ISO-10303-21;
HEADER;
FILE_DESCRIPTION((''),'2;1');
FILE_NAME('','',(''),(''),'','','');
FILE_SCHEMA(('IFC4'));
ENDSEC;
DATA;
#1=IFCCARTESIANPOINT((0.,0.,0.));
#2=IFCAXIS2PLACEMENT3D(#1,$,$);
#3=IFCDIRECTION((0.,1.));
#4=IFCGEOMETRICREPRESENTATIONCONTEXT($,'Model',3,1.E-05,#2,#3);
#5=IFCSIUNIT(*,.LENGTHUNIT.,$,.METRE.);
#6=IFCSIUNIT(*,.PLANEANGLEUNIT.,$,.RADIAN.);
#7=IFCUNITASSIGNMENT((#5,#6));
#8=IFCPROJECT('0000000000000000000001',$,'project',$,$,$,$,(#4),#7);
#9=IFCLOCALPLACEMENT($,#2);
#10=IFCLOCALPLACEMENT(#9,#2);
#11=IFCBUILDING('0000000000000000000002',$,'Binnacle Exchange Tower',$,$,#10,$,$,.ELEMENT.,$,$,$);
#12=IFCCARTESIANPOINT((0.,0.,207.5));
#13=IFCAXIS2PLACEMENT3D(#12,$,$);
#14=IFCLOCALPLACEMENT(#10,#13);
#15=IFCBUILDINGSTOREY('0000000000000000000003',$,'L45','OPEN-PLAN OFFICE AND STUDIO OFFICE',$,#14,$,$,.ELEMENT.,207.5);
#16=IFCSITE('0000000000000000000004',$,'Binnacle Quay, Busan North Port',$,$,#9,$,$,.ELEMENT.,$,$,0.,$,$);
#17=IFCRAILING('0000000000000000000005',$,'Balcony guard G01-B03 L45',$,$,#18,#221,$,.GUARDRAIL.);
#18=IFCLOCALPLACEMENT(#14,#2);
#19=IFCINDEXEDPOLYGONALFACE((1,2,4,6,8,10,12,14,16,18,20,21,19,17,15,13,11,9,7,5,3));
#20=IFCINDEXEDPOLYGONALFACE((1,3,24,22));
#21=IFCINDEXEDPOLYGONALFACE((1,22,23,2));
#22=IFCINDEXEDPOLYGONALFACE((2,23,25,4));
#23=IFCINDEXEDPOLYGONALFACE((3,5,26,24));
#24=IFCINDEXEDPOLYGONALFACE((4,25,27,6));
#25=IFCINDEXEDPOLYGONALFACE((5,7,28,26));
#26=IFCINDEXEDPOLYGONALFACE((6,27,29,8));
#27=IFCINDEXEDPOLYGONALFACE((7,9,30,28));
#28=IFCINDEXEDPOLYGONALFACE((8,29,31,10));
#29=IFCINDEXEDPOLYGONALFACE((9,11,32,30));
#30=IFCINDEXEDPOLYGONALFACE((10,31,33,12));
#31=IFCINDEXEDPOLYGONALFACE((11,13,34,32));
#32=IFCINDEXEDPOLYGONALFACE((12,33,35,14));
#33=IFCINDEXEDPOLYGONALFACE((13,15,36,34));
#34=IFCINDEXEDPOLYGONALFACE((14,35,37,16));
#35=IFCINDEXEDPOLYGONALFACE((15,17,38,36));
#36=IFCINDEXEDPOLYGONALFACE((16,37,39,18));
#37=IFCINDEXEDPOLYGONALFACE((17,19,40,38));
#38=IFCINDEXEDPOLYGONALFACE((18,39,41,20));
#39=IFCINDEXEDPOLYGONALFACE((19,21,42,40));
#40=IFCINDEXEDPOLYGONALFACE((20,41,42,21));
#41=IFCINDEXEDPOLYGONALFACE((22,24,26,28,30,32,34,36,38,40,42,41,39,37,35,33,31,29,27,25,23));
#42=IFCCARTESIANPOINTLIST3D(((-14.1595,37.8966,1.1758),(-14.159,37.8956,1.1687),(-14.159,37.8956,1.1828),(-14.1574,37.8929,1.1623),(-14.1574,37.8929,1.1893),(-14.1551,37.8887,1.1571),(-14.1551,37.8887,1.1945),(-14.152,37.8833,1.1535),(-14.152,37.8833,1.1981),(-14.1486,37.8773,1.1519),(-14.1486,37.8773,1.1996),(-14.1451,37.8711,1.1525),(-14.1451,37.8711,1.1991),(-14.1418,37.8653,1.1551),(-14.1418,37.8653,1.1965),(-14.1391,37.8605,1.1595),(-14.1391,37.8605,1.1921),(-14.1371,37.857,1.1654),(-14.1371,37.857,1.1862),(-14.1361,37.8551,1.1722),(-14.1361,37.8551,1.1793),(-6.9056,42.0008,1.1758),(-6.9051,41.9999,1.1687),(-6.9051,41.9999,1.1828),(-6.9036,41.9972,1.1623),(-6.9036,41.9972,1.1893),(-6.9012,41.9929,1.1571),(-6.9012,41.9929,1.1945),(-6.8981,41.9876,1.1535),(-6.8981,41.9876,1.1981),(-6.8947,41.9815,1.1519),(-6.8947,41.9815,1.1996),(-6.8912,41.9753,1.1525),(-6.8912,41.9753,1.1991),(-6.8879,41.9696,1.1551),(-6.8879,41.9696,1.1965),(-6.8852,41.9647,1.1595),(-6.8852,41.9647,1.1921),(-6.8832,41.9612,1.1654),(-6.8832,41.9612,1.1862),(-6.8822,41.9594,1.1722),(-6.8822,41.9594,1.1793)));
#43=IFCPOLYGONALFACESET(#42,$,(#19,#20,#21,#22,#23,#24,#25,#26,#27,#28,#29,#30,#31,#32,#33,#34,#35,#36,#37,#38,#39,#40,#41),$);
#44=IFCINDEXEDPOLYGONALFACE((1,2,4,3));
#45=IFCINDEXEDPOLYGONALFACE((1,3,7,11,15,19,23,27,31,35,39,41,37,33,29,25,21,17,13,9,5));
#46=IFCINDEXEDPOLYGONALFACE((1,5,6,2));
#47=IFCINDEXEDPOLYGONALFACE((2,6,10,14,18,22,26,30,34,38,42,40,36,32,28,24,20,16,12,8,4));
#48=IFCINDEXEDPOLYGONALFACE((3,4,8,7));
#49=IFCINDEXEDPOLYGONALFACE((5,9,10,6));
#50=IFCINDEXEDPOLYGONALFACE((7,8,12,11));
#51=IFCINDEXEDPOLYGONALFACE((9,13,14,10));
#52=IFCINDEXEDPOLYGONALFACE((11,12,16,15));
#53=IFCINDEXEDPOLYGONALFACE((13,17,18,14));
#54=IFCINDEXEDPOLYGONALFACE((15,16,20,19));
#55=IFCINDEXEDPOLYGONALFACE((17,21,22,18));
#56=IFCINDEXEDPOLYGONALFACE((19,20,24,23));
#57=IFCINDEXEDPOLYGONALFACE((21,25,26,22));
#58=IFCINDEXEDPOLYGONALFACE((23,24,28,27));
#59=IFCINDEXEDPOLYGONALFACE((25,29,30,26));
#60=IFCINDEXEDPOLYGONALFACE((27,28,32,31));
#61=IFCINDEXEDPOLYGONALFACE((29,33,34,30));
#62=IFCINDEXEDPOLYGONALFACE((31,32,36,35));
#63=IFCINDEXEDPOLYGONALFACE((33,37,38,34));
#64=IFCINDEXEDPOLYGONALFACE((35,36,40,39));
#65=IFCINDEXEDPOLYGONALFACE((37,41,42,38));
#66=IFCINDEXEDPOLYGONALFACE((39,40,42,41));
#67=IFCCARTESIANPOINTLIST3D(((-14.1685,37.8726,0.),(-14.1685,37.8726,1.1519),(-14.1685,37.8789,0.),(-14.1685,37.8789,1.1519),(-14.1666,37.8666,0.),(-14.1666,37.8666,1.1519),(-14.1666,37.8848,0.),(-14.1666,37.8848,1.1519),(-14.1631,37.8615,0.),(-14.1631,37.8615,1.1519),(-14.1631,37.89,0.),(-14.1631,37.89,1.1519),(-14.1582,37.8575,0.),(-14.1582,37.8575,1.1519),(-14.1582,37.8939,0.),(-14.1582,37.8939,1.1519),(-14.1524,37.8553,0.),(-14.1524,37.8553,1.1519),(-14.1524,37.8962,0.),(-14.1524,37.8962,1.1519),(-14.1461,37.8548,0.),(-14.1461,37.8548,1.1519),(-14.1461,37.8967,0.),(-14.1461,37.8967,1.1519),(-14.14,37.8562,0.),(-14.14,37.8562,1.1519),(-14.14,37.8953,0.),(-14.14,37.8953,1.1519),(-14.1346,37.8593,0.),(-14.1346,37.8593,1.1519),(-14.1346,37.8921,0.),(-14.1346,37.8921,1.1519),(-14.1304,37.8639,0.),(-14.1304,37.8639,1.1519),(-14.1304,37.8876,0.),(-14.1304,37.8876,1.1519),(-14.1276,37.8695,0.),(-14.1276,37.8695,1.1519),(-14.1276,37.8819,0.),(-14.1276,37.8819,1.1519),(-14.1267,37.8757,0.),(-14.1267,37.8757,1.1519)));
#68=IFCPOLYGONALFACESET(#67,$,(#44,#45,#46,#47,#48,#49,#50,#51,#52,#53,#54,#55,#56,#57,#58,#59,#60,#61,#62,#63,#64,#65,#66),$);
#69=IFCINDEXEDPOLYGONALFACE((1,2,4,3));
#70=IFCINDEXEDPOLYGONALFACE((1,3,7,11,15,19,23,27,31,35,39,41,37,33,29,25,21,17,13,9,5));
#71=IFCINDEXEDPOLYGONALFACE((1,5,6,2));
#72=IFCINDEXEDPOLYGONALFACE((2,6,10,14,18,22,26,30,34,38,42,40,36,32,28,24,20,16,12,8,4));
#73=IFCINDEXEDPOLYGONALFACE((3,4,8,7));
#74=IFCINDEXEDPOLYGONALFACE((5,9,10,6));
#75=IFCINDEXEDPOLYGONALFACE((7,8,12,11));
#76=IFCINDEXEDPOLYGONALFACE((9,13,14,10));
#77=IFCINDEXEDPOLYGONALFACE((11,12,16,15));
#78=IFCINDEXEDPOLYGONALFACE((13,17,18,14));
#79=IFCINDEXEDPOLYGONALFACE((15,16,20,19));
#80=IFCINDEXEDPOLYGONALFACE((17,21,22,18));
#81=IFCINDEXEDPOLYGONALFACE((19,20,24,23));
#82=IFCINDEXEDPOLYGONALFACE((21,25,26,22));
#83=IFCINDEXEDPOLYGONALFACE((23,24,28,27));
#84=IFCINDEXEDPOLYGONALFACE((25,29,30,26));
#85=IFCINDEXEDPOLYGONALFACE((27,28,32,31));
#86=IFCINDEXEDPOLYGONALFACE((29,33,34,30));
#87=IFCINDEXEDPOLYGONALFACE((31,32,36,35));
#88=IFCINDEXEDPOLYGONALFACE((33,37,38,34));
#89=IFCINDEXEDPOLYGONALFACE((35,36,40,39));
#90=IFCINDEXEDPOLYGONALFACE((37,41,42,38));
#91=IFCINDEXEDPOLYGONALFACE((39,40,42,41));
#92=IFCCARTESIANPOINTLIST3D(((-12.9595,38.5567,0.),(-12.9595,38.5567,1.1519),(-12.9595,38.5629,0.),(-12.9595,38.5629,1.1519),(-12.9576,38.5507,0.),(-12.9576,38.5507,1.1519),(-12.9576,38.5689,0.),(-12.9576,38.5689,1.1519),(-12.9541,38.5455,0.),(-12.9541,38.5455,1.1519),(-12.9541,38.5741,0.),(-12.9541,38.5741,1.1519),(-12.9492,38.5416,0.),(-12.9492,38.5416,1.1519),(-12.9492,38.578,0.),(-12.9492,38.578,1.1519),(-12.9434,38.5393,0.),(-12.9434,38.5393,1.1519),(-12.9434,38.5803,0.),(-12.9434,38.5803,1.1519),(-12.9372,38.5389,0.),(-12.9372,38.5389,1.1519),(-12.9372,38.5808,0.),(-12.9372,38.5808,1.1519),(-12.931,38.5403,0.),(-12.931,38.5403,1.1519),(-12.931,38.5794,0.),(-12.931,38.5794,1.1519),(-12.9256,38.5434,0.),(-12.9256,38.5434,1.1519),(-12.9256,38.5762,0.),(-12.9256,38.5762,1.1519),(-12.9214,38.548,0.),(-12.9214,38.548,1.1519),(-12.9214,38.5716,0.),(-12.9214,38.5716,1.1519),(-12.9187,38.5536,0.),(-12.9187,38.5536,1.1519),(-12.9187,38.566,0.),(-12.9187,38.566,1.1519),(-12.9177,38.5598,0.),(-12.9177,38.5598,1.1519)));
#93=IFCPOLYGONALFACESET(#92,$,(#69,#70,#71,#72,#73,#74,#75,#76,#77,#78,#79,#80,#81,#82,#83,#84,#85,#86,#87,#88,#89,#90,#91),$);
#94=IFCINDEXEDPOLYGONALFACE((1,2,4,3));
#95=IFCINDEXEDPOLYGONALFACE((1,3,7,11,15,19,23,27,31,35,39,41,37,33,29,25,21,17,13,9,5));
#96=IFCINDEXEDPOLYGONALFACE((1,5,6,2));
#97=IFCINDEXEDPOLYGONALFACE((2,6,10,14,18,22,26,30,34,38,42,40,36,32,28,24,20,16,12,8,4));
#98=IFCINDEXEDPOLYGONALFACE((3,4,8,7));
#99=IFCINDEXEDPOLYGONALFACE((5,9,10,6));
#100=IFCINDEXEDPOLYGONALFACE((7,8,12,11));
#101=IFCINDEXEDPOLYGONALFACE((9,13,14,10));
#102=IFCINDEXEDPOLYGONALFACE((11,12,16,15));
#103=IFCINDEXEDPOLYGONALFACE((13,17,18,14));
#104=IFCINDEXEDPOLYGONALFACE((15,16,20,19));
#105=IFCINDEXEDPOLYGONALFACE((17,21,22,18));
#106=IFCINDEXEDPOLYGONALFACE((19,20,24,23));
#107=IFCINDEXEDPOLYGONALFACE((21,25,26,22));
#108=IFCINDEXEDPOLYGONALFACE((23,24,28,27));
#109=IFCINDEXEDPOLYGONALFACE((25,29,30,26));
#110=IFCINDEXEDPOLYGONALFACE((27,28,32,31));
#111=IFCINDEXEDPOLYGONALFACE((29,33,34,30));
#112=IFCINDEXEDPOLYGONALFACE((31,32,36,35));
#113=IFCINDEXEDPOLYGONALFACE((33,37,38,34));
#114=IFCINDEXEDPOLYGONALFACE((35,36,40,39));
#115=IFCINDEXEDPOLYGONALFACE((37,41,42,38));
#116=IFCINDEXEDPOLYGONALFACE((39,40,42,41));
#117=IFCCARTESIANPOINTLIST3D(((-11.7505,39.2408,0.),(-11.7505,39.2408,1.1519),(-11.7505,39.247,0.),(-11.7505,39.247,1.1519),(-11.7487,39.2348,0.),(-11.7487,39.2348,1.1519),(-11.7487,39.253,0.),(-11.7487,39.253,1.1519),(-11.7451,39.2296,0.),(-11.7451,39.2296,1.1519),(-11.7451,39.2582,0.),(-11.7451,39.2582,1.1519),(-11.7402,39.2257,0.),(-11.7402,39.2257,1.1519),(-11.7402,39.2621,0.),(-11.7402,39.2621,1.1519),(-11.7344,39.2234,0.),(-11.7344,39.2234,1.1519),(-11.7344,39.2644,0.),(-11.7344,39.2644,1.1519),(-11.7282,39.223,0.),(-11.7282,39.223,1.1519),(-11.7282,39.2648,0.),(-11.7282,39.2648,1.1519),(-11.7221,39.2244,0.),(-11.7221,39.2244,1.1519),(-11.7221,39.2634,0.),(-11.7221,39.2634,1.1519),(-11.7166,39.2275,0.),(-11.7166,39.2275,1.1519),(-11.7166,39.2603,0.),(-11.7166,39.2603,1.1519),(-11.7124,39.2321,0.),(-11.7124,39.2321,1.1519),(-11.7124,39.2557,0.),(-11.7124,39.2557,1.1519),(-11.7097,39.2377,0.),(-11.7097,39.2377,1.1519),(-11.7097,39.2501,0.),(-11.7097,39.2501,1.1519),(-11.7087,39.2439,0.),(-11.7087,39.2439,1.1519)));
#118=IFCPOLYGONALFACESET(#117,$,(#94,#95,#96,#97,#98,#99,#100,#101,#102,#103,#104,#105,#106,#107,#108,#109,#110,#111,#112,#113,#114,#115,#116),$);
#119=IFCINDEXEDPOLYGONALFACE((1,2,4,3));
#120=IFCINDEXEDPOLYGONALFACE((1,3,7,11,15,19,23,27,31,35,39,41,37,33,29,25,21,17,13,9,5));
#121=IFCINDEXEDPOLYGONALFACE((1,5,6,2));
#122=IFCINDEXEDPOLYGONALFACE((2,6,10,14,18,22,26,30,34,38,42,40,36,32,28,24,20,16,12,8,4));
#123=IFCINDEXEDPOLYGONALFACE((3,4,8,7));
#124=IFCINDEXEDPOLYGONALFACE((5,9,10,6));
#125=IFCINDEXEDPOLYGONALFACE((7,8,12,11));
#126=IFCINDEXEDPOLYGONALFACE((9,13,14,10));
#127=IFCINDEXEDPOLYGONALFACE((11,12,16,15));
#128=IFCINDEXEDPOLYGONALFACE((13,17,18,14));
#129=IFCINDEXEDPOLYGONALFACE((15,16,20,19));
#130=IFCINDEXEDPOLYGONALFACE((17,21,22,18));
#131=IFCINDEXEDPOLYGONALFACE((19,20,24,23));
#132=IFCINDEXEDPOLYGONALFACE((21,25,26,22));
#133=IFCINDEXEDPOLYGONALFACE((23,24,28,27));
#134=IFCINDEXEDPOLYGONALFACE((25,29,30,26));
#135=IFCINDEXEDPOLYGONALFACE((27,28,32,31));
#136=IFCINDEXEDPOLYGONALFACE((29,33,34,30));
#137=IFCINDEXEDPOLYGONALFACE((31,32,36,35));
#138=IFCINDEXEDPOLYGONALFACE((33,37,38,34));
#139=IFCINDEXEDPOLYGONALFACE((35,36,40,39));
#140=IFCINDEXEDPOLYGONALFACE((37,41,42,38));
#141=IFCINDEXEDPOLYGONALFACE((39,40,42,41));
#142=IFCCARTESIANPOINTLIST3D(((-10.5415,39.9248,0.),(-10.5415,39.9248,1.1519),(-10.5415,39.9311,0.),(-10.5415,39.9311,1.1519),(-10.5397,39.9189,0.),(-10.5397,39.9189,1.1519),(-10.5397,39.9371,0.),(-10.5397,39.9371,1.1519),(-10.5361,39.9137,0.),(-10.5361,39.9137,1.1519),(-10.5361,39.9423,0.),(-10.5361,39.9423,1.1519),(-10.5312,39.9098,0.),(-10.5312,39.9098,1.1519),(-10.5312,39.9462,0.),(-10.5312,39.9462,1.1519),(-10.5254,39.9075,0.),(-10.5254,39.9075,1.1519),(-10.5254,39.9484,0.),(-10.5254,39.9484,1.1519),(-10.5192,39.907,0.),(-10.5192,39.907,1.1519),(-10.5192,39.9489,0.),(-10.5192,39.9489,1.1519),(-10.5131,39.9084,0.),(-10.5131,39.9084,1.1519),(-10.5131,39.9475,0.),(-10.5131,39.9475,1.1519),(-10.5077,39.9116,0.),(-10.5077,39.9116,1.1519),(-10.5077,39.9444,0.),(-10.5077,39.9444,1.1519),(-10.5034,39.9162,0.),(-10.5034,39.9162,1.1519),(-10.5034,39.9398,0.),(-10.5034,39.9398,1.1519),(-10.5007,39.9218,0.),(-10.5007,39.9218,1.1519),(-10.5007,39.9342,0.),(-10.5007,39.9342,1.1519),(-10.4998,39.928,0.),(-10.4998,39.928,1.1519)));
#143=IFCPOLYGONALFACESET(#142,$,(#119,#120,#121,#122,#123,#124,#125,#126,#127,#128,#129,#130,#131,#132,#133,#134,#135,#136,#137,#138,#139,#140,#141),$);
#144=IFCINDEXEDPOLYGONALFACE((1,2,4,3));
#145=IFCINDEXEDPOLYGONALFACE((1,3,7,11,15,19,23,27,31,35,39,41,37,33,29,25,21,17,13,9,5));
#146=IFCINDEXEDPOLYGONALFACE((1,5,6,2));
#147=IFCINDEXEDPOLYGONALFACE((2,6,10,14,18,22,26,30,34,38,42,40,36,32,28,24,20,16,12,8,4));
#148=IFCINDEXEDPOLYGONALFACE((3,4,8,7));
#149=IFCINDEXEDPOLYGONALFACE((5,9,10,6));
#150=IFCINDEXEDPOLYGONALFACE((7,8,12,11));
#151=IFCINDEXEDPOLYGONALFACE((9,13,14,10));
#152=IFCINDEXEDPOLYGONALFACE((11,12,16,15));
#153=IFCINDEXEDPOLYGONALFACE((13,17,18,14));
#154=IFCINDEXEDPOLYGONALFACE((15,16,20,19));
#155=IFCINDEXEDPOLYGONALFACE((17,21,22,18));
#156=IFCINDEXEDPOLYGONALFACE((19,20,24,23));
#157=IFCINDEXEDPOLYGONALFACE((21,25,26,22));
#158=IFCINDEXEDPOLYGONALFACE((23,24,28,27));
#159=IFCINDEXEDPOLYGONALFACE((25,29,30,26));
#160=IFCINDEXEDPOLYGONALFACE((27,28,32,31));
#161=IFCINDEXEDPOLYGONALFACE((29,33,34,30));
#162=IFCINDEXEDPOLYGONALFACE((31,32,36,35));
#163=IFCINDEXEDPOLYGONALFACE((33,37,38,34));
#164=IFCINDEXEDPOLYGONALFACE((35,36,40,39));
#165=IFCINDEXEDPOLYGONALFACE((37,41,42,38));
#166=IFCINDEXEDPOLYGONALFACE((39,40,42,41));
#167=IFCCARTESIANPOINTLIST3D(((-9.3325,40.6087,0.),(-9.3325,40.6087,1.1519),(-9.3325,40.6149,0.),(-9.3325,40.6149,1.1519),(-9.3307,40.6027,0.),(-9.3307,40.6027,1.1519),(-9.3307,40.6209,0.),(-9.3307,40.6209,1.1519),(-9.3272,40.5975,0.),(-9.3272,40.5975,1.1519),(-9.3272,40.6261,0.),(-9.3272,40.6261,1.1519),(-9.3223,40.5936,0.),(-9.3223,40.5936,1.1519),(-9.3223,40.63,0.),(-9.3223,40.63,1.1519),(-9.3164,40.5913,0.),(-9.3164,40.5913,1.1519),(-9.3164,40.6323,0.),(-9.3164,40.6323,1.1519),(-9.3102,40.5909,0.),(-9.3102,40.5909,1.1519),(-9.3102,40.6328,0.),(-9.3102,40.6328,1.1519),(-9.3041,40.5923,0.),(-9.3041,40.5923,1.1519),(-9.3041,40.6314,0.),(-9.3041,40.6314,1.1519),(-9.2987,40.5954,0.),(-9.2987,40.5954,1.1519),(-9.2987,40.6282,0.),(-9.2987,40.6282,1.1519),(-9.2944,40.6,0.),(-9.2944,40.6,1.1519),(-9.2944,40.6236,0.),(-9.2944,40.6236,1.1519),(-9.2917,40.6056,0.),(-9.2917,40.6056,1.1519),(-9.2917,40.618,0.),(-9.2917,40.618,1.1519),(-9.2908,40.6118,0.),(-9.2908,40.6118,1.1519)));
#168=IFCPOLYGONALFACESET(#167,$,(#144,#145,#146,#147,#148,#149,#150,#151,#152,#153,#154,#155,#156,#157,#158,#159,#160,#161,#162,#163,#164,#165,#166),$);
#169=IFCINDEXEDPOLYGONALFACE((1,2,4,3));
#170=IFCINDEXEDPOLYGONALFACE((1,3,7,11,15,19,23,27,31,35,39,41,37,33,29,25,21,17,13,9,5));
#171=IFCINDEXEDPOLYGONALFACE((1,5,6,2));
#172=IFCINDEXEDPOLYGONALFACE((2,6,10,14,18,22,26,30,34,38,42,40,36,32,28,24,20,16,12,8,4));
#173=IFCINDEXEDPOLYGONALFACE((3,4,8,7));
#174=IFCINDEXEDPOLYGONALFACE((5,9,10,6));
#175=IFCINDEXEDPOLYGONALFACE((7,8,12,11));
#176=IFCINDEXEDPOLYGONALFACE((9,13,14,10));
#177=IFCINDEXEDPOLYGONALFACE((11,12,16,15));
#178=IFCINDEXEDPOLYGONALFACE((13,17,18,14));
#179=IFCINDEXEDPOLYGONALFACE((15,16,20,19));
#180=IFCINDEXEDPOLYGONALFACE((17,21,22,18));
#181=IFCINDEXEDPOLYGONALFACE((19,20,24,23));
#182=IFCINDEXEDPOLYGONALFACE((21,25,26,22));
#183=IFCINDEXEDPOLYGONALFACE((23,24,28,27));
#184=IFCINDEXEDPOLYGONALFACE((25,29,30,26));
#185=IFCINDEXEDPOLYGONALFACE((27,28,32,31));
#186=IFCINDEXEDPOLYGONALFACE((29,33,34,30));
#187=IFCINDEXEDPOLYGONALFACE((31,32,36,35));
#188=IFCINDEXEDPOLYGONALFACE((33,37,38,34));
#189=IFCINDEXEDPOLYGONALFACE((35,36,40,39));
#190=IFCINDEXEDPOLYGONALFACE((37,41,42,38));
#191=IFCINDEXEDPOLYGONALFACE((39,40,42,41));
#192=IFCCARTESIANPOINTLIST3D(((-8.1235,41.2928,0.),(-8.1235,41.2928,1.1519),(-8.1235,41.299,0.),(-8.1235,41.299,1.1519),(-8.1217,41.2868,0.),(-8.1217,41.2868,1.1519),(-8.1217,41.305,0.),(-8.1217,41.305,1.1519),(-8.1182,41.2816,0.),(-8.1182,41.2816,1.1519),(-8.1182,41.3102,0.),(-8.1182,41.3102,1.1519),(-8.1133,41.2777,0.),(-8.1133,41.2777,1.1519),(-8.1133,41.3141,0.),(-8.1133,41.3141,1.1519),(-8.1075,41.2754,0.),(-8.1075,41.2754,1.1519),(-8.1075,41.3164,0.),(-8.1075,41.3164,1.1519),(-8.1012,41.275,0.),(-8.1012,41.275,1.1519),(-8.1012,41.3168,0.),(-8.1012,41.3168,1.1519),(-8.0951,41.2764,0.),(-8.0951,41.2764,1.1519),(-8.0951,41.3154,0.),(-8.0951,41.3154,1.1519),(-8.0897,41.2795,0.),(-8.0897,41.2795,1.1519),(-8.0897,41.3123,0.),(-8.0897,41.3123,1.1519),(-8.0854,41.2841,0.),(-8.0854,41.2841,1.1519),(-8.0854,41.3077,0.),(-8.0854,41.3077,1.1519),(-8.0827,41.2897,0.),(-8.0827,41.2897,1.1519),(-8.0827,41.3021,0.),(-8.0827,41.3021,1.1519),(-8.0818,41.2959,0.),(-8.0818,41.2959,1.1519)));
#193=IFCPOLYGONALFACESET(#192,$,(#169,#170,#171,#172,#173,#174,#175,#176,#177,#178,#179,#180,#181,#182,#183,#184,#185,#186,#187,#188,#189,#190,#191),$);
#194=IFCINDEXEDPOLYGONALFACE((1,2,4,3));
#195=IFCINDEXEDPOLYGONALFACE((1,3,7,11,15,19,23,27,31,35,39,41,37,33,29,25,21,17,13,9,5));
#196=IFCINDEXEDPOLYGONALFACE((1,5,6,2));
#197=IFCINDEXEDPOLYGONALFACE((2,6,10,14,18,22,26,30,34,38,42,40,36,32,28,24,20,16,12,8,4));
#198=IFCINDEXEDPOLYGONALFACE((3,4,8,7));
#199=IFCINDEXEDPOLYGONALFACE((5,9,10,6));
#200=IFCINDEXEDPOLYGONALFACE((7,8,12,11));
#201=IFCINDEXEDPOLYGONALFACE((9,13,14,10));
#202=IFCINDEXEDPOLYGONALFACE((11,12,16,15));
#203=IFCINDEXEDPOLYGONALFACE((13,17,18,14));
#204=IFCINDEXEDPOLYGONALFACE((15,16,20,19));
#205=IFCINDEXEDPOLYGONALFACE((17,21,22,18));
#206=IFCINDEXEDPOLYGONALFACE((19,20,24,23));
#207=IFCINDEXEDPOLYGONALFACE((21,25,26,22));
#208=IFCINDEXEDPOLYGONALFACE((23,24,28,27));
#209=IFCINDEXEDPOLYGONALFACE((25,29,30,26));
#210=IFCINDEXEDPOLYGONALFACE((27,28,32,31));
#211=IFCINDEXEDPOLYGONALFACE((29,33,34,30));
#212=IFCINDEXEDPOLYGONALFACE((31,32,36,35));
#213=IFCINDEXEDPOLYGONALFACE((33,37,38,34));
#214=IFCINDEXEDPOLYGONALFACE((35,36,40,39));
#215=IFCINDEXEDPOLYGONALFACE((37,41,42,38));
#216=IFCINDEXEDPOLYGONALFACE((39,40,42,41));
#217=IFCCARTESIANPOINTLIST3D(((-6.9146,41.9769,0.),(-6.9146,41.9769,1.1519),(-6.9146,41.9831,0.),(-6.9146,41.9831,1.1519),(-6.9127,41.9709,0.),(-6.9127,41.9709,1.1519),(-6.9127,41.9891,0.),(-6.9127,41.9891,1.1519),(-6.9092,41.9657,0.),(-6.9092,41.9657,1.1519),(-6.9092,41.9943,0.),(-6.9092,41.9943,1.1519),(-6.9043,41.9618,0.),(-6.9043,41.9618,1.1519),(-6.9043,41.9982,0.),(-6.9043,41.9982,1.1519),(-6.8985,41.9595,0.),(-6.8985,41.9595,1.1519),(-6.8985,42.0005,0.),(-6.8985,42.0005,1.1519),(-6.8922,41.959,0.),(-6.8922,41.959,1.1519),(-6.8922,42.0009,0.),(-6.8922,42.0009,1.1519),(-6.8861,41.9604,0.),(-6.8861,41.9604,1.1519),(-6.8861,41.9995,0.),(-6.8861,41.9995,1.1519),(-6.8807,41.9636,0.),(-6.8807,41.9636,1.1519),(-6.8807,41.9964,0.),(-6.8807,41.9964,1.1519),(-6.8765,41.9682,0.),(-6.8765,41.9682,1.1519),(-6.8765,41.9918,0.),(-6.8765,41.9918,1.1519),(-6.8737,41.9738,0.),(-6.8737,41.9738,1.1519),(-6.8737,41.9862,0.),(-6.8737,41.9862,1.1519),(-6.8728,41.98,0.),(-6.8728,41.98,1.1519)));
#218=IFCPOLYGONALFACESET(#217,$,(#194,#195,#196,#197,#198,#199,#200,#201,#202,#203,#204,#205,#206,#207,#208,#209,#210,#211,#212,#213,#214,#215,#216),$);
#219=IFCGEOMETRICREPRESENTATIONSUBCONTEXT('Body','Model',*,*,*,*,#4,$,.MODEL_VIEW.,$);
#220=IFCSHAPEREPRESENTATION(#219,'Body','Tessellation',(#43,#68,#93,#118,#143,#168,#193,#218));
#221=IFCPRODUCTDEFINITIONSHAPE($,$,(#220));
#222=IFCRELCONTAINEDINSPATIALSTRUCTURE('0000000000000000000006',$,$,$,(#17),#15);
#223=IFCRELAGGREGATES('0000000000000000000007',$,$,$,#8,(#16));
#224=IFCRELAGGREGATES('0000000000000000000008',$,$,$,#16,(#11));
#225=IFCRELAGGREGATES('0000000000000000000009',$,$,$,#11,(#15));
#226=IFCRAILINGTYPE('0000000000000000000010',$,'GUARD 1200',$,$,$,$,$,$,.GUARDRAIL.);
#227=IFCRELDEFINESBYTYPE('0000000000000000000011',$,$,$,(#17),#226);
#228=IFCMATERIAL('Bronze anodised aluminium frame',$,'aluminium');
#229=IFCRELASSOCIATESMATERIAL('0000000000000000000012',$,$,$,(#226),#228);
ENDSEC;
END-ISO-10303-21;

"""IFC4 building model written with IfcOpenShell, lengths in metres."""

from ifc_helpers import new_model, si_unit, direction, frame, origin, origin_2d, place, context, subcontext, project, spatial, circle, extrude, material, type_object, element, save


model = new_model("IFC4")

# Units and contexts
model_context = context("Model", 3, precision=1e-05, world=origin(), true_north=direction((0.0, 1.0)))
body_context = subcontext(model_context, "Body", "Model", "MODEL_VIEW")
ifc_project = project(units=[si_unit("LENGTHUNIT", "METRE"), si_unit("PLANEANGLEUNIT", "RADIAN")], contexts=[model_context])

# Site, building, storey
site_placement = place(None, origin())
site = spatial("IfcSite", under=ifc_project, at=site_placement, Name="Binnacle Quay, Busan North Port", CompositionType="ELEMENT", RefElevation=0.0)
building_placement = place(site_placement, origin())
building = spatial("IfcBuilding", under=site, at=building_placement, Name="Binnacle Exchange Tower", CompositionType="ELEMENT")
storey_placement = place(building_placement, frame((0.0, 0.0, 207.5)))
storey = spatial("IfcBuildingStorey", under=building, at=storey_placement, Name="L45", Description="OPEN-PLAN OFFICE AND STUDIO OFFICE", CompositionType="ELEMENT", Elevation=207.5)

# Railing
ifc_material_1 = material(Name="Bronze anodised aluminium frame", Category="aluminium")
railing_type = type_object("IfcRailingType", Name="GUARD 1200", PredefinedType="GUARDRAIL", material=ifc_material_1)
railing_1_placement = place(storey_placement, frame((-14.1477, 37.8757, 0.0)))
element("IfcRailing", 1, at=railing_1_placement, inside=storey, type_object=railing_type, Name="Balcony guard G01-B03 L45", PredefinedType="GUARDRAIL", context=body_context, shape_type="SweptSolid", body=[
    extrude(circle(Radius=0.0239, at=origin_2d()), frame((0.0, 0.0, 1.1758), z_axis=(0.870346, 0.49244, 0.0), x_axis=(-0.49244, 0.870346, 0.0)), (0.0, 0.0, 1.0), 8.3345),
    extrude(circle(Radius=0.021, at=origin_2d()), origin(), (0.0, 0.0, 1.0), 1.1519),
    extrude(circle(Radius=0.021, at=origin_2d()), frame((1.209, 0.6841, 0.0)), (0.0, 0.0, 1.0), 1.1519),
    extrude(circle(Radius=0.021, at=origin_2d()), frame((2.418, 1.3682, 0.0)), (0.0, 0.0, 1.0), 1.1519),
    extrude(circle(Radius=0.021, at=origin_2d()), frame((3.627, 2.0522, 0.0)), (0.0, 0.0, 1.0), 1.1519),
    extrude(circle(Radius=0.021, at=origin_2d()), frame((4.8359, 2.7361, 0.0)), (0.0, 0.0, 1.0), 1.1519),
    extrude(circle(Radius=0.021, at=origin_2d()), frame((6.0449, 3.4202, 0.0)), (0.0, 0.0, 1.0), 1.1519),
    extrude(circle(Radius=0.021, at=origin_2d()), frame((7.2539, 4.1042, 0.0)), (0.0, 0.0, 1.0), 1.1519),
])

save(model, "model.ifc")
